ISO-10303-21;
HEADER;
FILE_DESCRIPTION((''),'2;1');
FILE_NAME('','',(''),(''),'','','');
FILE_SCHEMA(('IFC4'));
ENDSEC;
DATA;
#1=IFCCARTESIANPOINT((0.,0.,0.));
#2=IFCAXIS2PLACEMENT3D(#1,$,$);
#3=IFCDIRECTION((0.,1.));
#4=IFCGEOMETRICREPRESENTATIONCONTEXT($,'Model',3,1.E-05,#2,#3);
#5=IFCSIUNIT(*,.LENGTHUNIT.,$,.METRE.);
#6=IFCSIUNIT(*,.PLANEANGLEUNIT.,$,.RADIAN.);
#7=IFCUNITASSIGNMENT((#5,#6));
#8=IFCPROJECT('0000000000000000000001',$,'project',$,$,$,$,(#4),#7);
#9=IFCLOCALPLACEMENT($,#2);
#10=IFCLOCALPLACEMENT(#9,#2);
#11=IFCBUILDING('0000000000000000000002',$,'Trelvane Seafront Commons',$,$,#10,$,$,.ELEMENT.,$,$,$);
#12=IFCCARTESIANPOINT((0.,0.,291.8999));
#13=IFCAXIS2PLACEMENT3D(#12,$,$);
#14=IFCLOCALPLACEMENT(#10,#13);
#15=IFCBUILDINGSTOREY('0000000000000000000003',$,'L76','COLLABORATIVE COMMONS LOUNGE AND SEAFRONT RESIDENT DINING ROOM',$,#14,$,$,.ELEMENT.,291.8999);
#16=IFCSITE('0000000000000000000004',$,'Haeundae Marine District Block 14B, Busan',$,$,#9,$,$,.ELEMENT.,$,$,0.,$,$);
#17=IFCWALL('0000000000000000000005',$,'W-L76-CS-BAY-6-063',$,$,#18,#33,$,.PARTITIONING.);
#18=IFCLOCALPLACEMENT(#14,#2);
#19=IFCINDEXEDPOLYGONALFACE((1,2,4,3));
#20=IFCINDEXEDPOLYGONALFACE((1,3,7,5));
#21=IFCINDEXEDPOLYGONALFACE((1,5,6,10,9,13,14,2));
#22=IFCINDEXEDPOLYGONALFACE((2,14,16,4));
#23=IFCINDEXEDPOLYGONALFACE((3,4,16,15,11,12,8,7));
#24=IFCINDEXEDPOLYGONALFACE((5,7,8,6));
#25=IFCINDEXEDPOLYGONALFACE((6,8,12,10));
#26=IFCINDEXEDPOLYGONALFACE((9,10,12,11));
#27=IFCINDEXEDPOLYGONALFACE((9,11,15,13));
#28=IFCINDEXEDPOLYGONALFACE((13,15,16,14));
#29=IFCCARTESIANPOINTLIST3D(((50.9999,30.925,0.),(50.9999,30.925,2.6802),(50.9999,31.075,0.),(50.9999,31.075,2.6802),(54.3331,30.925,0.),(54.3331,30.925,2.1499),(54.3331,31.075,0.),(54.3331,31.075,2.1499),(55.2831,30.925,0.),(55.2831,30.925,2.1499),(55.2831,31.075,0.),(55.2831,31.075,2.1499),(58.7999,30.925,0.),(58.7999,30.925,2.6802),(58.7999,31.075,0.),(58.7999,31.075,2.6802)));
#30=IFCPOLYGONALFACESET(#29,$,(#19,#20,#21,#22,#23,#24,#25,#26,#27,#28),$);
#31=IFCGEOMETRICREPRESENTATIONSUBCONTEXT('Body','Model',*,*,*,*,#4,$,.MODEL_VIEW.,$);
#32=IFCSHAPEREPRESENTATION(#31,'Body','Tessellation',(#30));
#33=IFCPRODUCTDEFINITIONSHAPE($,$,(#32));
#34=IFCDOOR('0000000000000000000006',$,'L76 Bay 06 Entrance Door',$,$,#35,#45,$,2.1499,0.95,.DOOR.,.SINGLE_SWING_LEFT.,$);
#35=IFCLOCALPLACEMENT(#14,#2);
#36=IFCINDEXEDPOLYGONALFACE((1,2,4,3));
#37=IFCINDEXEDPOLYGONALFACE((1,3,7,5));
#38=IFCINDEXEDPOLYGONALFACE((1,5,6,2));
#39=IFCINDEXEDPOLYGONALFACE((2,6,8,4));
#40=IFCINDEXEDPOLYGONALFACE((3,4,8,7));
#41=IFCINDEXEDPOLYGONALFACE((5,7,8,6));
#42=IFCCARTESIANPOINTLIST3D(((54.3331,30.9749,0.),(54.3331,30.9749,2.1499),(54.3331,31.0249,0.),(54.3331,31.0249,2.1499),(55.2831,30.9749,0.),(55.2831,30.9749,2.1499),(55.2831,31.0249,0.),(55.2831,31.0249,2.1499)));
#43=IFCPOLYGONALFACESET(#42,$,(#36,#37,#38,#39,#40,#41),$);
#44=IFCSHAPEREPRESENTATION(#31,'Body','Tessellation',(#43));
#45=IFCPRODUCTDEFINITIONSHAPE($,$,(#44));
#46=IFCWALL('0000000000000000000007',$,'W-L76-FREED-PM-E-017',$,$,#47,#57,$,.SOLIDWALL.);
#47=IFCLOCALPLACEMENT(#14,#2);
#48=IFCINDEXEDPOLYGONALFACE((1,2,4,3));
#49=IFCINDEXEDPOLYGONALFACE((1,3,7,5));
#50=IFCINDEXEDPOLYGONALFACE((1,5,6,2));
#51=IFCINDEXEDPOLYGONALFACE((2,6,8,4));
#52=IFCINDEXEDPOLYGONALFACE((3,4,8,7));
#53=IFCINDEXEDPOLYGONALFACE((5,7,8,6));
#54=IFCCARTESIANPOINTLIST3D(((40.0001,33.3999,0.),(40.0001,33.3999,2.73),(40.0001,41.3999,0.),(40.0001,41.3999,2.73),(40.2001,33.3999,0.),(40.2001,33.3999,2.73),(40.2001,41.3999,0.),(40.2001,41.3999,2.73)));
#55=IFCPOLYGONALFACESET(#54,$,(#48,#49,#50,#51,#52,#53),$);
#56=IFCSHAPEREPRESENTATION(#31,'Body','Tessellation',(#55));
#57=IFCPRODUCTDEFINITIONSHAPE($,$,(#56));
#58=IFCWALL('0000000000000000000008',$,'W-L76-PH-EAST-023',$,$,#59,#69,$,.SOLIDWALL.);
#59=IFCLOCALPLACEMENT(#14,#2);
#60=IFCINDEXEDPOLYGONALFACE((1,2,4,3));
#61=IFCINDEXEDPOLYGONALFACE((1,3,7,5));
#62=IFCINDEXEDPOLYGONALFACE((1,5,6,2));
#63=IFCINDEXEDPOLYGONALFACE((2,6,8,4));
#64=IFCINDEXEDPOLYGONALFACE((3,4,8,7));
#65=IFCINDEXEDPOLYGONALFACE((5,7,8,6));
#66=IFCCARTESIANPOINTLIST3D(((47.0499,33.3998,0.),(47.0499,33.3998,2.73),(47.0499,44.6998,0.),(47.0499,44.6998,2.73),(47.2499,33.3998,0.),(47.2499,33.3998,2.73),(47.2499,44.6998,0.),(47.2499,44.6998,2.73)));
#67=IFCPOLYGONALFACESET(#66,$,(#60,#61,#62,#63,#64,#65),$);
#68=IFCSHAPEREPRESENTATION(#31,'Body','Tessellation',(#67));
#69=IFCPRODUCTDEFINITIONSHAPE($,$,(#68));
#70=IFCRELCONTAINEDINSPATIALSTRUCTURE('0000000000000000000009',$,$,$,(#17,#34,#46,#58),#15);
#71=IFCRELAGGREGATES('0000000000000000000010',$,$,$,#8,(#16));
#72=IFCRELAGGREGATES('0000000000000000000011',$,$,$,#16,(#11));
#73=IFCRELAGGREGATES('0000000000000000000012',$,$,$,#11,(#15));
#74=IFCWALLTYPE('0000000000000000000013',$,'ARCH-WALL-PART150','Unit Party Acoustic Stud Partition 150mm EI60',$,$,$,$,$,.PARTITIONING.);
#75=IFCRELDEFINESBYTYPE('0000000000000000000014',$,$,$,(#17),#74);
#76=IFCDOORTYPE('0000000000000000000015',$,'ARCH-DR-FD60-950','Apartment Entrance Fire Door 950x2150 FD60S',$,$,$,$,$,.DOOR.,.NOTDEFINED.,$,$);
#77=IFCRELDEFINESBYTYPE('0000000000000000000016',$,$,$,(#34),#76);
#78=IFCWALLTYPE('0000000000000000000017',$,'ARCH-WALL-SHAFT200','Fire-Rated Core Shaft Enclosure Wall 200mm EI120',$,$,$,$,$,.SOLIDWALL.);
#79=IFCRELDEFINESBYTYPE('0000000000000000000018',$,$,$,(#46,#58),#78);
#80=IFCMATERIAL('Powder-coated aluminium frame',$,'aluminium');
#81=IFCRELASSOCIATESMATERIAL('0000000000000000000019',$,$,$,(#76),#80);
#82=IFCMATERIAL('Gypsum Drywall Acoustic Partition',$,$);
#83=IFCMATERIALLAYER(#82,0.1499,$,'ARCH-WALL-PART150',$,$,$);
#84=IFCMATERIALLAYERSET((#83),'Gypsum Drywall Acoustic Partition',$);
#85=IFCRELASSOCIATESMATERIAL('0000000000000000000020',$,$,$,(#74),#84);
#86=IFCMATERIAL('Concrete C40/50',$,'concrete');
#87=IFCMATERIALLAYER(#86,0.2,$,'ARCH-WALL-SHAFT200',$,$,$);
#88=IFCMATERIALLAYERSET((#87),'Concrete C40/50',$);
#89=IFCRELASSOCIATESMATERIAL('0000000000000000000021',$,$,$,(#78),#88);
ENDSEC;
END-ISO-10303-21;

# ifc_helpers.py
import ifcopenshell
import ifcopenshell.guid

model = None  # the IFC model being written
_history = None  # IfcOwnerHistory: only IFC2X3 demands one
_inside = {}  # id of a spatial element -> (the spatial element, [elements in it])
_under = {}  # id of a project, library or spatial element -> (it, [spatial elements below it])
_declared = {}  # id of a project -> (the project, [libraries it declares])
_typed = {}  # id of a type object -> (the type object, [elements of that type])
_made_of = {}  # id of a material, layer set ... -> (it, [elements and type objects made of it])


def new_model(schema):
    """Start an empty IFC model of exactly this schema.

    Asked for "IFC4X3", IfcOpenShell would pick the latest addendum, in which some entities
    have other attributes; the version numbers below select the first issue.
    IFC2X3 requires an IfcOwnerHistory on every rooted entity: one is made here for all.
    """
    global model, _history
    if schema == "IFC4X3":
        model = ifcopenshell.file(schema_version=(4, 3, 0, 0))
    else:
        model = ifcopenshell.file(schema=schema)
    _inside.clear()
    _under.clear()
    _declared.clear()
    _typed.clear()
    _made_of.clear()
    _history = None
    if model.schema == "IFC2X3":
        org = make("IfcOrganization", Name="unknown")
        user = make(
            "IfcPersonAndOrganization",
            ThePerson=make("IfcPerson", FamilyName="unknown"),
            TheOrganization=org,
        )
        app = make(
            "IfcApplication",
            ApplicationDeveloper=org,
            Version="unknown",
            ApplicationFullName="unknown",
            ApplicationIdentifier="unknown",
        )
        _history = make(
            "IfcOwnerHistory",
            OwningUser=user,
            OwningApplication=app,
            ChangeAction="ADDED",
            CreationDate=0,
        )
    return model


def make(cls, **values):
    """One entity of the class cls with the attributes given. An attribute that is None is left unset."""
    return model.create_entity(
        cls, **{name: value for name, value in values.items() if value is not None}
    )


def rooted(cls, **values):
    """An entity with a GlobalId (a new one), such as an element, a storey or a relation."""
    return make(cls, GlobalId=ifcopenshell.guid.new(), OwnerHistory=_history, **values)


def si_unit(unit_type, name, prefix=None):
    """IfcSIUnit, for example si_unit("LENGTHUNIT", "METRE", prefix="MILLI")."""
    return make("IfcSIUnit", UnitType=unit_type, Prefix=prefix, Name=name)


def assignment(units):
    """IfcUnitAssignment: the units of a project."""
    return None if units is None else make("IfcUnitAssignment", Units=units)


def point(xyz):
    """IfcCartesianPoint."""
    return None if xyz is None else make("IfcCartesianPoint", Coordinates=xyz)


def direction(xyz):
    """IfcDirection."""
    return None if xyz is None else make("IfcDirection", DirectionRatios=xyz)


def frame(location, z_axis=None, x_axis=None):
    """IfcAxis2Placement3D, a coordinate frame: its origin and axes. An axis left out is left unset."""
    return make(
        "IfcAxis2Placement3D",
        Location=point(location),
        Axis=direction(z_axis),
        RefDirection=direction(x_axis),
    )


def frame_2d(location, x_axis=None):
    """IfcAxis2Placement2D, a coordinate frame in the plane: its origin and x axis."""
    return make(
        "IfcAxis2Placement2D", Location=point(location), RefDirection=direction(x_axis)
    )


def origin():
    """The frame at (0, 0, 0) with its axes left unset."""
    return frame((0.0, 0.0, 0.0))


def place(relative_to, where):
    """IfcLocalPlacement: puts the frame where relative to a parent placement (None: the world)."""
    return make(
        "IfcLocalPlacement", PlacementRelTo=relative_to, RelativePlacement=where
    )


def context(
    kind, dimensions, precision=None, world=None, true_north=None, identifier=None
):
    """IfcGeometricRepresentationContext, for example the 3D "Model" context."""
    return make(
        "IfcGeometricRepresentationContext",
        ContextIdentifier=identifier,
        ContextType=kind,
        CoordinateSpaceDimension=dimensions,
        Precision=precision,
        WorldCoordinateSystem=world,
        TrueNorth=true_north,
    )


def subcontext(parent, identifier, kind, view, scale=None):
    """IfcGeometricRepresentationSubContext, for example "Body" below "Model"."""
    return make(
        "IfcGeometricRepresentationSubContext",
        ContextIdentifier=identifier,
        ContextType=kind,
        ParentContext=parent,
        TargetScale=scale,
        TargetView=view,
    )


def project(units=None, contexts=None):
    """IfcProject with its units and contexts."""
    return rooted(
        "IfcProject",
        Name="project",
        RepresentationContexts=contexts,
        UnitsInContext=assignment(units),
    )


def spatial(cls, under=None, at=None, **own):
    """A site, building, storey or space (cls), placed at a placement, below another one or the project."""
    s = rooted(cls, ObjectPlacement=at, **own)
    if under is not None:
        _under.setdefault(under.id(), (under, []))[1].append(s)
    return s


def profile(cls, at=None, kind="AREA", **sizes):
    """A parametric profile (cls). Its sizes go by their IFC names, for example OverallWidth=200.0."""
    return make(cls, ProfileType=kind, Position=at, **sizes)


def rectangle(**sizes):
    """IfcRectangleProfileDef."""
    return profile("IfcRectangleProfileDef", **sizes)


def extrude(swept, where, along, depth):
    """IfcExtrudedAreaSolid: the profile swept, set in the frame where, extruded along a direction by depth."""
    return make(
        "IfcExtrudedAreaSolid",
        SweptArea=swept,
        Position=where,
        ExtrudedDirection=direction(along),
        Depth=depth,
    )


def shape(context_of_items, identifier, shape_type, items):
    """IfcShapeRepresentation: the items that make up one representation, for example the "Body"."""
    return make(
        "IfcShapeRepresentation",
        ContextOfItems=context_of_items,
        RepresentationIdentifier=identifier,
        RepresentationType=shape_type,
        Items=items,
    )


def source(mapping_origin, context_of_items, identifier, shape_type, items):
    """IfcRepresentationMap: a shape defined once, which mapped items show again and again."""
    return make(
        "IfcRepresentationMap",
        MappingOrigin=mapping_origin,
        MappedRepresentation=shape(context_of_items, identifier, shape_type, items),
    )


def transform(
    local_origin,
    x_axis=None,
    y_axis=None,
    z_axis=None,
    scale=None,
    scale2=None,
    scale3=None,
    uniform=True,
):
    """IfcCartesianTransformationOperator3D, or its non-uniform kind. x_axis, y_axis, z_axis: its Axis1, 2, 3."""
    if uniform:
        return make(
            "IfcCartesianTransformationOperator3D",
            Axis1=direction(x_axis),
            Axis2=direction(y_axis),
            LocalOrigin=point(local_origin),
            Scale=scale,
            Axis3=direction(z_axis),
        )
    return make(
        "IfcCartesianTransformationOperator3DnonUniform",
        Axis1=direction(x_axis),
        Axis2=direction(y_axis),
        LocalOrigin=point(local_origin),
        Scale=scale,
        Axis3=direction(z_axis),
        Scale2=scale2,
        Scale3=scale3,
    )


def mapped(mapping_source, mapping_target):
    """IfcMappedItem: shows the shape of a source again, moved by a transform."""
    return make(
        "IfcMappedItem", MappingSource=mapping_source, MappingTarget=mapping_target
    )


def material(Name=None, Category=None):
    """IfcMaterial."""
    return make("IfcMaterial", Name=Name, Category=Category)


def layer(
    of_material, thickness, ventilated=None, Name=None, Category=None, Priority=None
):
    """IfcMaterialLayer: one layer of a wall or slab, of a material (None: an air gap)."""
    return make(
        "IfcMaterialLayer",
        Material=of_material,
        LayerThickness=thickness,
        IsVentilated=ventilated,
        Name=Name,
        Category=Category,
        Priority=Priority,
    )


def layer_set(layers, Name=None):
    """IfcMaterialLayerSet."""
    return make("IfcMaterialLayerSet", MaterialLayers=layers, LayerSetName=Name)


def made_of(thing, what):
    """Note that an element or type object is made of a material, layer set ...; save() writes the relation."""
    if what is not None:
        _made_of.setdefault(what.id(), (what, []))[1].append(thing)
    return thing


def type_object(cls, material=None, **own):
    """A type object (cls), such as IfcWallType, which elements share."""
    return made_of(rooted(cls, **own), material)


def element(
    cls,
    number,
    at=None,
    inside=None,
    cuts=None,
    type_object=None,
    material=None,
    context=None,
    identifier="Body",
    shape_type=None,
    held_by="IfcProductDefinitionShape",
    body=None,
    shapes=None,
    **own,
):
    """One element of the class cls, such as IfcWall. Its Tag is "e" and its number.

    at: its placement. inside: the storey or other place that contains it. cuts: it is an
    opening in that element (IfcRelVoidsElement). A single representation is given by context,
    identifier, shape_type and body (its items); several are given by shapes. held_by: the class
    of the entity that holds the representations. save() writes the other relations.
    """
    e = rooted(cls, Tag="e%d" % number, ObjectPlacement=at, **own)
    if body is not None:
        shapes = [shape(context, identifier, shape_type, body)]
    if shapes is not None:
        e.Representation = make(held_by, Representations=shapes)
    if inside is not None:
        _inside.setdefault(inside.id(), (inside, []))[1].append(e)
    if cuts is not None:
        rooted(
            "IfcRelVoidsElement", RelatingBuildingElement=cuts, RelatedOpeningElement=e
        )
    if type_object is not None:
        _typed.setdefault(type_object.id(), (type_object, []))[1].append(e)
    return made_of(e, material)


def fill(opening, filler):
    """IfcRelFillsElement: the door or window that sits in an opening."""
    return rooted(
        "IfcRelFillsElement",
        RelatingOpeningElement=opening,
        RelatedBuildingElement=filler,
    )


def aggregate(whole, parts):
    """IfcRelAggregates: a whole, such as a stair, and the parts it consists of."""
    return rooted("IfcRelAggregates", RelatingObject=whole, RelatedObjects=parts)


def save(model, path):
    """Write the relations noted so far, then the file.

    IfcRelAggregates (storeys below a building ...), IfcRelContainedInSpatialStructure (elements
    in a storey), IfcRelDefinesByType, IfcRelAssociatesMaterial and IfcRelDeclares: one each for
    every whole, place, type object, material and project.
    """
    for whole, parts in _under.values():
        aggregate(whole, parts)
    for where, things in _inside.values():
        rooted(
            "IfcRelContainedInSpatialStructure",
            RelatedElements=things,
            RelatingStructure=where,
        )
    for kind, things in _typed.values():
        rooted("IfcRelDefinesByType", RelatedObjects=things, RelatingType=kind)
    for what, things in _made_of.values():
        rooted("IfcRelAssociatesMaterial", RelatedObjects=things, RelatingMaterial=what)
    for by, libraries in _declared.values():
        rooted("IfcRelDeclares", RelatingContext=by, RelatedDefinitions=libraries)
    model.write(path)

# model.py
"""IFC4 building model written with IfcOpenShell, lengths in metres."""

from ifc_helpers import new_model, si_unit, direction, frame, frame_2d, origin, place, context, subcontext, project, spatial, rectangle, extrude, source, transform, mapped, material, layer, layer_set, type_object, element, fill, save


model = new_model("IFC4")

# Units and contexts
model_context = context("Model", 3, precision=1e-05, world=origin(), true_north=direction((0.0, 1.0)))
body_context = subcontext(model_context, "Body", "Model", "MODEL_VIEW")
ifc_project = project(units=[si_unit("LENGTHUNIT", "METRE"), si_unit("PLANEANGLEUNIT", "RADIAN")], contexts=[model_context])

# Site, building, storey
site_placement = place(None, origin())
site = spatial("IfcSite", under=ifc_project, at=site_placement, Name="Haeundae Marine District Block 14B, Busan", CompositionType="ELEMENT", RefElevation=0.0)
building_placement = place(site_placement, origin())
building = spatial("IfcBuilding", under=site, at=building_placement, Name="Trelvane Seafront Commons", CompositionType="ELEMENT")
storey_placement = place(building_placement, frame((0.0, 0.0, 291.8999)))
storey = spatial("IfcBuildingStorey", under=building, at=storey_placement, Name="L76", Description="COLLABORATIVE COMMONS LOUNGE AND SEAFRONT RESIDENT DINING ROOM", CompositionType="ELEMENT", Elevation=291.8999)

# Shared definitions
ifc_material_1 = material(Name="Concrete C40/50", Category="concrete")
ifc_material_2 = material(Name="Powder-coated aluminium frame", Category="aluminium")

# Shared definitions
door_type_1 = type_object("IfcDoorType", Name="ARCH-DR-FD60-950", Description="Apartment Entrance Fire Door 950x2150 FD60S", OperationType="NOTDEFINED", PredefinedType="DOOR", material=ifc_material_2)
shared_shape_1 = source(origin(), body_context, "Body", "SweptSolid", [
    extrude(rectangle(XDim=0.95, YDim=2.1499, at=frame_2d((0.4751, 1.075))), frame((0.0, 0.0249, 0.0), z_axis=(0.0, -1.0, 0.0), x_axis=(1.0, 0.0, 0.0)), (0.0, 0.0, 1.0), 0.05),
])
ifc_material_3 = material(Name="Gypsum Drywall Acoustic Partition")

# Wall, opening, door
ifc_layer_1 = layer(ifc_material_3, 0.1499, Name="ARCH-WALL-PART150")
ifc_layer_set_1 = layer_set([ifc_layer_1], Name="Gypsum Drywall Acoustic Partition")
wall_type_1 = type_object("IfcWallType", Name="ARCH-WALL-PART150", Description="Unit Party Acoustic Stud Partition 150mm EI60", PredefinedType="PARTITIONING", material=ifc_layer_set_1)
wall_1_placement = place(storey_placement, frame((51.0, 31.0, 0.0), z_axis=(0.0, 0.0, 1.0), x_axis=(1.0, 0.0, 0.0)))
wall_1 = element("IfcWall", 1, at=wall_1_placement, inside=storey, type_object=wall_type_1, Name="W-L76-CS-BAY-6-063", PredefinedType="PARTITIONING", context=body_context, shape_type="SweptSolid", body=[
    extrude(rectangle(XDim=7.8, YDim=0.1499, at=frame_2d((3.8999, 0.0))), origin(), (0.0, 0.0, 1.0), 2.6802),
])
opening_1_placement = place(wall_1_placement, frame((3.333, 0.0, 0.0)))
opening_1 = element("IfcOpeningElement", 2, at=opening_1_placement, cuts=wall_1, PredefinedType="OPENING", context=body_context, shape_type="SweptSolid", body=[
    extrude(rectangle(XDim=0.95, YDim=2.1499, at=frame_2d((0.4751, 1.075))), frame((0.0, 0.085, 0.0), z_axis=(0.0, -1.0, 0.0), x_axis=(1.0, 0.0, 0.0)), (0.0, 0.0, 1.0), 0.1699),
])
door_1_placement = place(opening_1_placement, origin())
door_1 = element("IfcDoor", 3, at=door_1_placement, inside=storey, type_object=door_type_1, Name="L76 Bay 06 Entrance Door", OperationType="SINGLE_SWING_LEFT", OverallHeight=2.1499, OverallWidth=0.95, PredefinedType="DOOR", context=body_context, shape_type="MappedRepresentation", body=[
    mapped(shared_shape_1, transform((0.0, 0.0, 0.0), x_axis=(1.0, 0.0, 0.0), y_axis=(0.0, 1.0, 0.0), z_axis=(0.0, 0.0, 1.0), scale=1.0)),
])
fill(opening_1, door_1)

# Walls
ifc_layer_2 = layer(ifc_material_1, 0.2, Name="ARCH-WALL-SHAFT200")
ifc_layer_set_2 = layer_set([ifc_layer_2], Name="Concrete C40/50")
wall_type_2 = type_object("IfcWallType", Name="ARCH-WALL-SHAFT200", Description="Fire-Rated Core Shaft Enclosure Wall 200mm EI120", PredefinedType="SOLIDWALL", material=ifc_layer_set_2)
wall_2_placement = place(storey_placement, frame((40.1001, 33.3999, 0.0), z_axis=(0.0, 0.0, 1.0), x_axis=(0.0, 1.0, 0.0)))
element("IfcWall", 4, at=wall_2_placement, inside=storey, type_object=wall_type_2, Name="W-L76-FREED-PM-E-017", PredefinedType="SOLIDWALL", context=body_context, shape_type="SweptSolid", body=[
    extrude(rectangle(XDim=8.0, YDim=0.2, at=frame_2d((4.0, 0.0))), origin(), (0.0, 0.0, 1.0), 2.73),
])
wall_3_placement = place(storey_placement, frame((47.1499, 33.3999, 0.0), z_axis=(0.0, 0.0, 1.0), x_axis=(0.0, 1.0, 0.0)))
element("IfcWall", 5, at=wall_3_placement, inside=storey, type_object=wall_type_2, Name="W-L76-PH-EAST-023", PredefinedType="SOLIDWALL", context=body_context, shape_type="SweptSolid", body=[
    extrude(rectangle(XDim=11.3, YDim=0.2, at=frame_2d((5.6499, 0.0))), origin(), (0.0, 0.0, 1.0), 2.73),
])

save(model, "model.ifc")
